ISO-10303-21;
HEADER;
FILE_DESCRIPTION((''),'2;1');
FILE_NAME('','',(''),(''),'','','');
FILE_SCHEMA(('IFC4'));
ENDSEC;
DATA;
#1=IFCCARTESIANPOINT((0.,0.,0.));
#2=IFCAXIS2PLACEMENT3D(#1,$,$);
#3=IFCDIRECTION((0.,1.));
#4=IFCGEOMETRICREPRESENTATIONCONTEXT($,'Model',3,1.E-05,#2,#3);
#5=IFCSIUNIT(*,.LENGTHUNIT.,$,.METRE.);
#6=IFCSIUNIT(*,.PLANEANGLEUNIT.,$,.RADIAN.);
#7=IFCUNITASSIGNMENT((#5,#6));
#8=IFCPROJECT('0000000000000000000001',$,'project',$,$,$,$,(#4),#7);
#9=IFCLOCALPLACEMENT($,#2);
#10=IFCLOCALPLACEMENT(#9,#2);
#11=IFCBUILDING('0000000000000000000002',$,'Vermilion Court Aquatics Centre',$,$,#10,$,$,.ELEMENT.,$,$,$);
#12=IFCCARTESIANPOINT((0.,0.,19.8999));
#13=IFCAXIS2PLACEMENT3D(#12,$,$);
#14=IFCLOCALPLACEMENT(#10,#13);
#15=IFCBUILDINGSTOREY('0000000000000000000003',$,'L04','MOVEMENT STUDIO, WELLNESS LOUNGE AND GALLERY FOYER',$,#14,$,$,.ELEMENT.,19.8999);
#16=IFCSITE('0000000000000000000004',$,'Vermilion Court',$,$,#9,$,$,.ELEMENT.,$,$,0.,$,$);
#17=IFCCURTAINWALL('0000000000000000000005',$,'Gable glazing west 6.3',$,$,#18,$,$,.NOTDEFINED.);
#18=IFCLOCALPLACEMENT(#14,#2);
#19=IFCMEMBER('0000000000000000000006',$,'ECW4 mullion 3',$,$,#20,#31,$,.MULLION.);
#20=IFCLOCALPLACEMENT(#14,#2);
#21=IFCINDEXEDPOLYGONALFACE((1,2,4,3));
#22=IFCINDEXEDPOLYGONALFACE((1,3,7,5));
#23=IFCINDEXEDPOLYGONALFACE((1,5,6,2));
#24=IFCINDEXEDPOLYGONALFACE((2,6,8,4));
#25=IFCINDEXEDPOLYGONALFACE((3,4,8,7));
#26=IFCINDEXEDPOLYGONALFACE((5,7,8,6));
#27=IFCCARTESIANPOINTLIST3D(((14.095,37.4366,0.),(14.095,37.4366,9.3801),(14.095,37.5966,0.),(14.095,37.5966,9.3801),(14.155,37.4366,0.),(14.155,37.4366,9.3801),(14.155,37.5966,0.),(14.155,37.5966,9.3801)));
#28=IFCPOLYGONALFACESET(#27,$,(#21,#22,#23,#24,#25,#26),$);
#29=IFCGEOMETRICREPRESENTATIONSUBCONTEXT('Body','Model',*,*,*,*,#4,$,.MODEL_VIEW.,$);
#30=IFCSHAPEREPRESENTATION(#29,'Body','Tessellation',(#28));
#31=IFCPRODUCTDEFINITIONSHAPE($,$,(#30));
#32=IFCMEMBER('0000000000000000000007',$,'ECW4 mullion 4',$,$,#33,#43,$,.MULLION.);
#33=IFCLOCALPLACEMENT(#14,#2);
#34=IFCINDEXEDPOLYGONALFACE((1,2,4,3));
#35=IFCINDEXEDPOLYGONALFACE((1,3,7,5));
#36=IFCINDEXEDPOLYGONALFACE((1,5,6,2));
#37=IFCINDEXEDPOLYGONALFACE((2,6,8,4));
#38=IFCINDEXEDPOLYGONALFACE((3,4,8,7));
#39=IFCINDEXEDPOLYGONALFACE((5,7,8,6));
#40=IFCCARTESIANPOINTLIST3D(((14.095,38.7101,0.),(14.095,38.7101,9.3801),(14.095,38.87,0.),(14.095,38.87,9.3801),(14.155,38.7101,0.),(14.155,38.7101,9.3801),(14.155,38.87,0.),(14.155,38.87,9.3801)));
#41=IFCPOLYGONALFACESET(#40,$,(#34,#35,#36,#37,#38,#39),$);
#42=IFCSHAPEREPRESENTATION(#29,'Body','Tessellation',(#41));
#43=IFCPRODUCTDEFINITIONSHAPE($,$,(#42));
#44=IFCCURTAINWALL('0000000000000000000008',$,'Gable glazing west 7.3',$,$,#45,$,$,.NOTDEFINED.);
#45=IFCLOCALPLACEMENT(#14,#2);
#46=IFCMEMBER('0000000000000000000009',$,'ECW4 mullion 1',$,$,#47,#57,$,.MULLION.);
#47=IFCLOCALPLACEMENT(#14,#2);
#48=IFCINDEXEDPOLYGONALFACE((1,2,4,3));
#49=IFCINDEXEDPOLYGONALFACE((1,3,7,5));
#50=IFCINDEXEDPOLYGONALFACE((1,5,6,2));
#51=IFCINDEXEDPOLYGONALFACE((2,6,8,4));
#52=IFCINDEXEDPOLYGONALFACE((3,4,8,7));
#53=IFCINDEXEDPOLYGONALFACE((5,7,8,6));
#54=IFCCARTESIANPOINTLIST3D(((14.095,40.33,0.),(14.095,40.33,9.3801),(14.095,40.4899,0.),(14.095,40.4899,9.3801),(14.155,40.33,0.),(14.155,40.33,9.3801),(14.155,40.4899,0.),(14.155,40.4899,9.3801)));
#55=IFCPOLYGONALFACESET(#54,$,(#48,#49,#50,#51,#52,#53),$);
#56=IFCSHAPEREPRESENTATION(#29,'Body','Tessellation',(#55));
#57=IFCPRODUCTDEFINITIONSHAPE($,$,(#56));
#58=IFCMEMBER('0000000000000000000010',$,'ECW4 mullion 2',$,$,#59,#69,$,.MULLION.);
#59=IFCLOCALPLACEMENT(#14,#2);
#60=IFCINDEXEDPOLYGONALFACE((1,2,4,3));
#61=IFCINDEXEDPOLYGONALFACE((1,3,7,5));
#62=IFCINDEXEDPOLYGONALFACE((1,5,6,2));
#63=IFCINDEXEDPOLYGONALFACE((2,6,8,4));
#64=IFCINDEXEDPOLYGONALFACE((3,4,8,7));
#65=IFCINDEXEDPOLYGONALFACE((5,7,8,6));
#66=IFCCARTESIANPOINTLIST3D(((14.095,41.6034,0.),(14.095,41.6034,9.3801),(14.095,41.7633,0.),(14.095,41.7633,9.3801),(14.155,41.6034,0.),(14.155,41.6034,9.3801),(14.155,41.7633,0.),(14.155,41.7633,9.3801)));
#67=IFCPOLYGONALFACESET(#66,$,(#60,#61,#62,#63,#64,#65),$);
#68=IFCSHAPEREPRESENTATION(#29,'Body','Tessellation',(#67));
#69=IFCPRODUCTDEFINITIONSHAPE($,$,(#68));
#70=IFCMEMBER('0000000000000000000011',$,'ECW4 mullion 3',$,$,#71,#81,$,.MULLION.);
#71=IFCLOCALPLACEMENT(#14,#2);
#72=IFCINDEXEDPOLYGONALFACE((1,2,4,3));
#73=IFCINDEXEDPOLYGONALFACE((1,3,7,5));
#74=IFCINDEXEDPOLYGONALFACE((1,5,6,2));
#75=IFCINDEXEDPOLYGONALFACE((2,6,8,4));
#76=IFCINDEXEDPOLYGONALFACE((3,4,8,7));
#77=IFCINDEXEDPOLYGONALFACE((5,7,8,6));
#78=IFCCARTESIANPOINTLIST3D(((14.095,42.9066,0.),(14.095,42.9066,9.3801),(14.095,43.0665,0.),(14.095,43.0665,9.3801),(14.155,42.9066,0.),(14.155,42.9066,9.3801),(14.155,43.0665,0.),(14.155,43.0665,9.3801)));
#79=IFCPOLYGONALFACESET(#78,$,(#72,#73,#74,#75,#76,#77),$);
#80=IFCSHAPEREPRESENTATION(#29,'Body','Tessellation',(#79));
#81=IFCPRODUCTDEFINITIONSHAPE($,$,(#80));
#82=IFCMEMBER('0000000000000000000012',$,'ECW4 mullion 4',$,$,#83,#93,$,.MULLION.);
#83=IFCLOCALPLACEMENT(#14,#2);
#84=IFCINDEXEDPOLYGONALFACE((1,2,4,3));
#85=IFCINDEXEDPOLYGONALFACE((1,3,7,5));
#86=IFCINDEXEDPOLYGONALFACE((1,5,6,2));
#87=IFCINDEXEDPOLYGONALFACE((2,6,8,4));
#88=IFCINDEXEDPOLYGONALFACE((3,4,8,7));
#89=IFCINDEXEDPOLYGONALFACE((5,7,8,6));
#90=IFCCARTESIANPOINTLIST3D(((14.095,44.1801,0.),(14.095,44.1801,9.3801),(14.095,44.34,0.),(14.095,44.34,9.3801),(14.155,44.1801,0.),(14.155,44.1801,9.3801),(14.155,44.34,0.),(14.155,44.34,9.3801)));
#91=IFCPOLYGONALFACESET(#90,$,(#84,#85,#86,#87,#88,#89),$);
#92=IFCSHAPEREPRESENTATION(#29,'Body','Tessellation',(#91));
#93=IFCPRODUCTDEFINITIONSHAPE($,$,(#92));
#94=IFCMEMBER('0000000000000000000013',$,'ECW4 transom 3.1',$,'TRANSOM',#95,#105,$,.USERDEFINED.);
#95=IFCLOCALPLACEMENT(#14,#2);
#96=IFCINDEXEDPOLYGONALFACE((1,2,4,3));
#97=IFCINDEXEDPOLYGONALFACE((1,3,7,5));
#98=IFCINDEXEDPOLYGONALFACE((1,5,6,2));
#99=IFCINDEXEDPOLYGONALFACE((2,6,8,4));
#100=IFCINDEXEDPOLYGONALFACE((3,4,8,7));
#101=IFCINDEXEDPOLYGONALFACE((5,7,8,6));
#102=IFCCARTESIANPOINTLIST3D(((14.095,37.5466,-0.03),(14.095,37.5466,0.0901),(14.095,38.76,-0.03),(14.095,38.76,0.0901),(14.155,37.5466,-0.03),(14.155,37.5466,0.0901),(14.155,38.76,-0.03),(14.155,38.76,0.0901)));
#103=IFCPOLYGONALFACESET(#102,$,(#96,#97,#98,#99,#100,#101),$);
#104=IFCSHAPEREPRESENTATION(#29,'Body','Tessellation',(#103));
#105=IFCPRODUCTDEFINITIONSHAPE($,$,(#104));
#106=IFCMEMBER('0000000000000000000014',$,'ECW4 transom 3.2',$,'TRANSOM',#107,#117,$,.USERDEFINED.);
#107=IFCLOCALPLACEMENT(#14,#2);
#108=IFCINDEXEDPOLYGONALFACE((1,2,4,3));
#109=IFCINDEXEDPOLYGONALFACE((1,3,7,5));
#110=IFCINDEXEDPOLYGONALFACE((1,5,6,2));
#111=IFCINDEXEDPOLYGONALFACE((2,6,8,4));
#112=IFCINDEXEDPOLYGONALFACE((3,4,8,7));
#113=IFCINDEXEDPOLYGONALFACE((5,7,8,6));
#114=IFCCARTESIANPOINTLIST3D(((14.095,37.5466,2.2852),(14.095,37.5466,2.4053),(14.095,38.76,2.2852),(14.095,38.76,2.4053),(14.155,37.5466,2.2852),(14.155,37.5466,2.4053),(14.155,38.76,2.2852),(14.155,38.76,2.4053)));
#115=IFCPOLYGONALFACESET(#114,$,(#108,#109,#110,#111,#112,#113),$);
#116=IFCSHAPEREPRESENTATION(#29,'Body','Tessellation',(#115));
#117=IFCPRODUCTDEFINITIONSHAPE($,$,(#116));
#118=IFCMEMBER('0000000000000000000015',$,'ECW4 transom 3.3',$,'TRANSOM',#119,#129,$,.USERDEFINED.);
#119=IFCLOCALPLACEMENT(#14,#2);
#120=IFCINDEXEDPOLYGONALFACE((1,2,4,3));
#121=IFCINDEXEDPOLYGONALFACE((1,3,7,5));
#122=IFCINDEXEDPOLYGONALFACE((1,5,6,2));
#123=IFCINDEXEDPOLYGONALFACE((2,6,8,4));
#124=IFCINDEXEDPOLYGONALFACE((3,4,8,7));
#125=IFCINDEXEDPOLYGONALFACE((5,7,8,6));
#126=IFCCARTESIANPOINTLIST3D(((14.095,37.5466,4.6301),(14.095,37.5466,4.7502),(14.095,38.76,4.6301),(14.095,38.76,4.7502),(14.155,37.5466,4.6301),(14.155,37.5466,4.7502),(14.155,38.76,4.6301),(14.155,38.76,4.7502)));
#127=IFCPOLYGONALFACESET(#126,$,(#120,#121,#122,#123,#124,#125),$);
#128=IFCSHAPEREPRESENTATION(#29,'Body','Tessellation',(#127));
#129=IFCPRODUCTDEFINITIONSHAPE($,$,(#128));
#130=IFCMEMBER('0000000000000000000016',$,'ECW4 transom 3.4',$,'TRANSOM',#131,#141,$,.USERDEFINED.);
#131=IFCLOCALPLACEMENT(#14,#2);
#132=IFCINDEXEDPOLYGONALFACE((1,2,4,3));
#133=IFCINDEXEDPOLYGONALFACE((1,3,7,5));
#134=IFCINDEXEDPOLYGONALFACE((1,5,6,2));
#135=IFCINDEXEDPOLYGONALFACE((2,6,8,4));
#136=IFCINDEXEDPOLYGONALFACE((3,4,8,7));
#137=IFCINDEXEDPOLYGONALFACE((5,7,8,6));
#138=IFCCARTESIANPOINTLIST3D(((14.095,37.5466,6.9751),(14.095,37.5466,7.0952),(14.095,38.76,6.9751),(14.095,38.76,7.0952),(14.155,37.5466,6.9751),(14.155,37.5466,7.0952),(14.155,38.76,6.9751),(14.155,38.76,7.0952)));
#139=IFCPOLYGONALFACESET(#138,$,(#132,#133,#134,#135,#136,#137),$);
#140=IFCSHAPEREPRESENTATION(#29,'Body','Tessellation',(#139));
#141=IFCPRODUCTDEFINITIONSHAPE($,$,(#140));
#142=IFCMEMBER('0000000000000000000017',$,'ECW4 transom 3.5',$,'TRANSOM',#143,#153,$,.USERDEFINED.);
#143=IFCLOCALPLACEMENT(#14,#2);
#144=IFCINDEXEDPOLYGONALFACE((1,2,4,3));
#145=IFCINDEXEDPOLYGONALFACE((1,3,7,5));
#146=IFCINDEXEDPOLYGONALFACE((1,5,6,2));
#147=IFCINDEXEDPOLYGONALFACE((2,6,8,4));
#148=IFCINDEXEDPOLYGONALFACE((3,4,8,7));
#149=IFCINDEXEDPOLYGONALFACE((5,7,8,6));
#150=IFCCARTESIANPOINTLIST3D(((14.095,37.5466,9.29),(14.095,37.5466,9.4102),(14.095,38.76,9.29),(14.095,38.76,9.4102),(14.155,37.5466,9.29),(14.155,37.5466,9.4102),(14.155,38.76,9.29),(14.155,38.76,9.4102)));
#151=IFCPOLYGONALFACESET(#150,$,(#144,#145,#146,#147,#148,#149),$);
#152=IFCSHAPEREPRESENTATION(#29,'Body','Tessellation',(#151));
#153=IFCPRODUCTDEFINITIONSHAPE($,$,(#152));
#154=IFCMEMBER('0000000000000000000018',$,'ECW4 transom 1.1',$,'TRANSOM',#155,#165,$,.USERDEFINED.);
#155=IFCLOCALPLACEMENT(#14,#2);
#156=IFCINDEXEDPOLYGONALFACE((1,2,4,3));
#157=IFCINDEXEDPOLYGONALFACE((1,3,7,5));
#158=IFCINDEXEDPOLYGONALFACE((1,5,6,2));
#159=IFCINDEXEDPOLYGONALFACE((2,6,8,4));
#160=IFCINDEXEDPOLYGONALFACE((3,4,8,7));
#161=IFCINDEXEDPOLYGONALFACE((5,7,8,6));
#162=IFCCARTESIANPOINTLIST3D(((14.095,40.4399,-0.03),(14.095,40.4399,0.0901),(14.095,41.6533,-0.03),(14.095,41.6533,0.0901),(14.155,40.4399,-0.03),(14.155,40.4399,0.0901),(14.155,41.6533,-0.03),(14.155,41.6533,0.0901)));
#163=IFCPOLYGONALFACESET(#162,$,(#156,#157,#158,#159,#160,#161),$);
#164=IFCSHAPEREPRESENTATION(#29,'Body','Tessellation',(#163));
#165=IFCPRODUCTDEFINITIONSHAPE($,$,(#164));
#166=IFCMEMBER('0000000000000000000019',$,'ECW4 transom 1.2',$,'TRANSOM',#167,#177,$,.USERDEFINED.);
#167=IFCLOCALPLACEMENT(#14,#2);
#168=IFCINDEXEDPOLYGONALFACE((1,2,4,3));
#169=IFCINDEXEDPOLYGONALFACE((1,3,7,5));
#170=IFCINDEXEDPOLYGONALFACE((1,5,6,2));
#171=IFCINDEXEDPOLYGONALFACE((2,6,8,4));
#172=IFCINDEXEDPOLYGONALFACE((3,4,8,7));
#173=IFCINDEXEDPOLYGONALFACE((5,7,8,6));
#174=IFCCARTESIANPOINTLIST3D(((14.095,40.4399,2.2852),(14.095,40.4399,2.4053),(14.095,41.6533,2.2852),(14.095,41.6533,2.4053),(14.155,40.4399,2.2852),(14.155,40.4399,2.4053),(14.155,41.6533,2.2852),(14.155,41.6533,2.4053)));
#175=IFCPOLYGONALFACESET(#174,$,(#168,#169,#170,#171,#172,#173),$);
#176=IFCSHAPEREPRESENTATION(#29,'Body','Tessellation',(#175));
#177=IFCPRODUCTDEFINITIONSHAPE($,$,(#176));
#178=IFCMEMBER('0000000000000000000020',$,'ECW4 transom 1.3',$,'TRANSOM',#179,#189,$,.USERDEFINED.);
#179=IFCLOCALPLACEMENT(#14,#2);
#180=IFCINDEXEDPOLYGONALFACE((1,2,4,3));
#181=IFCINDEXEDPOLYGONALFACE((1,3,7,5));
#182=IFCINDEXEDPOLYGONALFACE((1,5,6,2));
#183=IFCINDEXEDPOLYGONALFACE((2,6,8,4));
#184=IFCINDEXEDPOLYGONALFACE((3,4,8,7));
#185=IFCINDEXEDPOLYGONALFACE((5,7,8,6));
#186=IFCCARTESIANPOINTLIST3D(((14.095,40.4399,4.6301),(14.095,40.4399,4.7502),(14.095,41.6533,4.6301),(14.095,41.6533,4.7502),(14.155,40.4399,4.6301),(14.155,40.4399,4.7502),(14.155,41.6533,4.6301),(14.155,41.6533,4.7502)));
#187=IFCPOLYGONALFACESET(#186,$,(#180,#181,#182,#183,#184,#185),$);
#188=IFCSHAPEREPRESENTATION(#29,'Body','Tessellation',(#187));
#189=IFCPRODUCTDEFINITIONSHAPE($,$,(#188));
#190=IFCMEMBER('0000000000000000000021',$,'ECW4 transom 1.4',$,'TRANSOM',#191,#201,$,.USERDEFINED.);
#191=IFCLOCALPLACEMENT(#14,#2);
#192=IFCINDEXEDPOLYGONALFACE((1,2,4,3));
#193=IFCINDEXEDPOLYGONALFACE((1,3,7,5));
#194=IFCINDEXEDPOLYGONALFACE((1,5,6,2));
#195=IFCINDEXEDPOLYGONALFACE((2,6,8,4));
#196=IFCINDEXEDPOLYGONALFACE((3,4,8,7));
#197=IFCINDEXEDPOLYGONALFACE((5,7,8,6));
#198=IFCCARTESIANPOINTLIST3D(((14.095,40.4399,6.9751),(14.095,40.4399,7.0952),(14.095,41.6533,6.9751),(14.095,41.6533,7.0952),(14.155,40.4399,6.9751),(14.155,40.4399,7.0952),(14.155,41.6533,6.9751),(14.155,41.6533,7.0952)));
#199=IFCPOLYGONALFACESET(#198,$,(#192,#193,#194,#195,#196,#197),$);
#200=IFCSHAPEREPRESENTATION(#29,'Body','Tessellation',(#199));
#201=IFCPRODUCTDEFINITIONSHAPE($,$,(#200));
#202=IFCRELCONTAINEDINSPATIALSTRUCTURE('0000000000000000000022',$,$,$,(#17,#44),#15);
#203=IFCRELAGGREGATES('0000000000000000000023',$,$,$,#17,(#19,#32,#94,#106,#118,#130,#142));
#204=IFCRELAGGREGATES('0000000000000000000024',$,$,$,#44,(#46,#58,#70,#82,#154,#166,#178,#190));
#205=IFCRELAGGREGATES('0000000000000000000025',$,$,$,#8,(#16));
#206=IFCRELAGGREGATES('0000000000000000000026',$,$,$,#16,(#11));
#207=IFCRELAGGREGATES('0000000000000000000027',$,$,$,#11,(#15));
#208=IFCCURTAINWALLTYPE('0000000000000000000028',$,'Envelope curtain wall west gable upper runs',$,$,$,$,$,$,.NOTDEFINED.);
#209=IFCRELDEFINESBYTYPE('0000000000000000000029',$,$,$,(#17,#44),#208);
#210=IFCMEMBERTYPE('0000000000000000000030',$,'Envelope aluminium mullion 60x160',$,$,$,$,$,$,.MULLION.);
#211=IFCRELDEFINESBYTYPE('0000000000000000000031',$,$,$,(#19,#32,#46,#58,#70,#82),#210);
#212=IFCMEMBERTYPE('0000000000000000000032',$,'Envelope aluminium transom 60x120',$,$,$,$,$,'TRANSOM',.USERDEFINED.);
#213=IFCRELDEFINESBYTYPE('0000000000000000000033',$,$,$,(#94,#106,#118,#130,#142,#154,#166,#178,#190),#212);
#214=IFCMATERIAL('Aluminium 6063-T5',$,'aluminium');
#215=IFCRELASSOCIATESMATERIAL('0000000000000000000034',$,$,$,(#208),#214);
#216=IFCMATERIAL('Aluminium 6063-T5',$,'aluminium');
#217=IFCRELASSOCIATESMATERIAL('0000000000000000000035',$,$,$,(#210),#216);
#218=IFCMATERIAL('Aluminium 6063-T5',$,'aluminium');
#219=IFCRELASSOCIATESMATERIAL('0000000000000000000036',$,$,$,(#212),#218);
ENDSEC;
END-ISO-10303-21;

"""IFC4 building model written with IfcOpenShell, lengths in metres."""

from ifc_helpers import new_model, si_unit, direction, frame, origin, origin_2d, place, context, subcontext, project, spatial, rectangle, extrude, material, material_profile, profile_set, type_object, element, aggregate, save


model = new_model("IFC4")

# Units and contexts
model_context = context("Model", 3, precision=1e-05, world=origin(), true_north=direction((0.0, 1.0)))
body_context = subcontext(model_context, "Body", "Model", "MODEL_VIEW")
ifc_project = project(units=[si_unit("LENGTHUNIT", "METRE"), si_unit("PLANEANGLEUNIT", "RADIAN")], contexts=[model_context])

# Site, building, storey
site_placement = place(None, origin())
site = spatial("IfcSite", under=ifc_project, at=site_placement, Name="Vermilion Court", CompositionType="ELEMENT", RefElevation=0.0)
building_placement = place(site_placement, origin())
building = spatial("IfcBuilding", under=site, at=building_placement, Name="Vermilion Court Aquatics Centre", CompositionType="ELEMENT")
storey_placement = place(building_placement, frame((0.0, 0.0, 19.8999)))
storey = spatial("IfcBuildingStorey", under=building, at=storey_placement, Name="L04", Description="MOVEMENT STUDIO, WELLNESS LOUNGE AND GALLERY FOYER", CompositionType="ELEMENT", Elevation=19.8999)

# Curtain walls, members
ifc_material_1 = material(Name="Aluminium 6063-T5", Category="aluminium")
curtain_wall_type = type_object("IfcCurtainWallType", Name="Envelope curtain wall west gable upper runs", PredefinedType="NOTDEFINED", material=ifc_material_1)
curtain_wall_1_placement = place(storey_placement, origin())
curtain_wall_1 = element("IfcCurtainWall", 1, at=curtain_wall_1_placement, inside=storey, type_object=curtain_wall_type, Name="Gable glazing west 6.3", PredefinedType="NOTDEFINED")
ifc_material_2 = material(Name="Aluminium 6063-T5", Category="aluminium")
ifc_material_profile_1 = material_profile(ifc_material_2, rectangle(XDim=0.0601, YDim=0.1599, at=origin_2d()), Name="AL 60x160")
ifc_profile_set_1 = profile_set([ifc_material_profile_1], Name="Aluminium 6063-T5")
member_type_1 = type_object("IfcMemberType", Name="Envelope aluminium mullion 60x160", PredefinedType="MULLION", material=ifc_profile_set_1)
member_1_placement = place(storey_placement, frame((14.125, 37.5166, 0.0), z_axis=(0.0, 0.0, 1.0), x_axis=(-1.0, 0.0, 0.0)))
member_1 = element("IfcMember", 2, at=member_1_placement, type_object=member_type_1, Name="ECW4 mullion 3", PredefinedType="MULLION", context=body_context, shape_type="SweptSolid", body=[
    extrude(rectangle(XDim=0.0601, YDim=0.1599, at=origin_2d()), origin(), (0.0, 0.0, 1.0), 9.3801),
])
member_2_placement = place(storey_placement, frame((14.125, 38.79, 0.0), z_axis=(0.0, 0.0, 1.0), x_axis=(-1.0, 0.0, 0.0)))
member_2 = element("IfcMember", 3, at=member_2_placement, type_object=member_type_1, Name="ECW4 mullion 4", PredefinedType="MULLION", context=body_context, shape_type="SweptSolid", body=[
    extrude(rectangle(XDim=0.0601, YDim=0.1599, at=origin_2d()), origin(), (0.0, 0.0, 1.0), 9.3801),
])
curtain_wall_2_placement = place(storey_placement, origin())
curtain_wall_2 = element("IfcCurtainWall", 4, at=curtain_wall_2_placement, inside=storey, type_object=curtain_wall_type, Name="Gable glazing west 7.3", PredefinedType="NOTDEFINED")
member_3_placement = place(storey_placement, frame((14.125, 40.4099, 0.0), z_axis=(0.0, 0.0, 1.0), x_axis=(-1.0, 0.0, 0.0)))
member_3 = element("IfcMember", 5, at=member_3_placement, type_object=member_type_1, Name="ECW4 mullion 1", PredefinedType="MULLION", context=body_context, shape_type="SweptSolid", body=[
    extrude(rectangle(XDim=0.0601, YDim=0.1599, at=origin_2d()), origin(), (0.0, 0.0, 1.0), 9.3801),
])
member_4_placement = place(storey_placement, frame((14.125, 41.6833, 0.0), z_axis=(0.0, 0.0, 1.0), x_axis=(-1.0, 0.0, 0.0)))
member_4 = element("IfcMember", 6, at=member_4_placement, type_object=member_type_1, Name="ECW4 mullion 2", PredefinedType="MULLION", context=body_context, shape_type="SweptSolid", body=[
    extrude(rectangle(XDim=0.0601, YDim=0.1599, at=origin_2d()), origin(), (0.0, 0.0, 1.0), 9.3801),
])
member_5_placement = place(storey_placement, frame((14.125, 42.9866, 0.0), z_axis=(0.0, 0.0, 1.0), x_axis=(-1.0, 0.0, 0.0)))
member_5 = element("IfcMember", 7, at=member_5_placement, type_object=member_type_1, Name="ECW4 mullion 3", PredefinedType="MULLION", context=body_context, shape_type="SweptSolid", body=[
    extrude(rectangle(XDim=0.0601, YDim=0.1599, at=origin_2d()), origin(), (0.0, 0.0, 1.0), 9.3801),
])
member_6_placement = place(storey_placement, frame((14.125, 44.26, 0.0), z_axis=(0.0, 0.0, 1.0), x_axis=(-1.0, 0.0, 0.0)))
member_6 = element("IfcMember", 8, at=member_6_placement, type_object=member_type_1, Name="ECW4 mullion 4", PredefinedType="MULLION", context=body_context, shape_type="SweptSolid", body=[
    extrude(rectangle(XDim=0.0601, YDim=0.1599, at=origin_2d()), origin(), (0.0, 0.0, 1.0), 9.3801),
])

# Members
ifc_material_3 = material(Name="Aluminium 6063-T5", Category="aluminium")
ifc_material_profile_2 = material_profile(ifc_material_3, rectangle(XDim=0.0601, YDim=0.1201, at=origin_2d()), Name="AL 60x120")
ifc_profile_set_2 = profile_set([ifc_material_profile_2], Name="Aluminium 6063-T5")
member_type_2 = type_object("IfcMemberType", Name="Envelope aluminium transom 60x120", ElementType="TRANSOM", PredefinedType="USERDEFINED", material=ifc_profile_set_2)
member_7_placement = place(storey_placement, frame((14.125, 37.5466, 0.03), z_axis=(0.0, 1.0, 0.0), x_axis=(-1.0, 0.0, 0.0)))
member_7 = element("IfcMember", 9, at=member_7_placement, type_object=member_type_2, Name="ECW4 transom 3.1", ObjectType="TRANSOM", PredefinedType="USERDEFINED", context=body_context, shape_type="SweptSolid", body=[
    extrude(rectangle(XDim=0.0601, YDim=0.1201, at=origin_2d()), origin(), (0.0, 0.0, 1.0), 1.2134),
])
member_8_placement = place(storey_placement, frame((14.125, 37.5466, 2.3452), z_axis=(0.0, 1.0, 0.0), x_axis=(-1.0, 0.0, 0.0)))
member_8 = element("IfcMember", 10, at=member_8_placement, type_object=member_type_2, Name="ECW4 transom 3.2", ObjectType="TRANSOM", PredefinedType="USERDEFINED", context=body_context, shape_type="SweptSolid", body=[
    extrude(rectangle(XDim=0.0601, YDim=0.1201, at=origin_2d()), origin(), (0.0, 0.0, 1.0), 1.2134),
])
member_9_placement = place(storey_placement, frame((14.125, 37.5466, 4.6902), z_axis=(0.0, 1.0, 0.0), x_axis=(-1.0, 0.0, 0.0)))
member_9 = element("IfcMember", 11, at=member_9_placement, type_object=member_type_2, Name="ECW4 transom 3.3", ObjectType="TRANSOM", PredefinedType="USERDEFINED", context=body_context, shape_type="SweptSolid", body=[
    extrude(rectangle(XDim=0.0601, YDim=0.1201, at=origin_2d()), origin(), (0.0, 0.0, 1.0), 1.2134),
])
member_10_placement = place(storey_placement, frame((14.125, 37.5466, 7.0352), z_axis=(0.0, 1.0, 0.0), x_axis=(-1.0, 0.0, 0.0)))
member_10 = element("IfcMember", 12, at=member_10_placement, type_object=member_type_2, Name="ECW4 transom 3.4", ObjectType="TRANSOM", PredefinedType="USERDEFINED", context=body_context, shape_type="SweptSolid", body=[
    extrude(rectangle(XDim=0.0601, YDim=0.1201, at=origin_2d()), origin(), (0.0, 0.0, 1.0), 1.2134),
])
member_11_placement = place(storey_placement, frame((14.125, 37.5466, 9.3501), z_axis=(0.0, 1.0, 0.0), x_axis=(-1.0, 0.0, 0.0)))
member_11 = element("IfcMember", 13, at=member_11_placement, type_object=member_type_2, Name="ECW4 transom 3.5", ObjectType="TRANSOM", PredefinedType="USERDEFINED", context=body_context, shape_type="SweptSolid", body=[
    extrude(rectangle(XDim=0.0601, YDim=0.1201, at=origin_2d()), origin(), (0.0, 0.0, 1.0), 1.2134),
])
member_12_placement = place(storey_placement, frame((14.125, 40.4399, 0.03), z_axis=(0.0, 1.0, 0.0), x_axis=(-1.0, 0.0, 0.0)))
member_12 = element("IfcMember", 14, at=member_12_placement, type_object=member_type_2, Name="ECW4 transom 1.1", ObjectType="TRANSOM", PredefinedType="USERDEFINED", context=body_context, shape_type="SweptSolid", body=[
    extrude(rectangle(XDim=0.0601, YDim=0.1201, at=origin_2d()), origin(), (0.0, 0.0, 1.0), 1.2134),
])
member_13_placement = place(storey_placement, frame((14.125, 40.4399, 2.3452), z_axis=(0.0, 1.0, 0.0), x_axis=(-1.0, 0.0, 0.0)))
member_13 = element("IfcMember", 15, at=member_13_placement, type_object=member_type_2, Name="ECW4 transom 1.2", ObjectType="TRANSOM", PredefinedType="USERDEFINED", context=body_context, shape_type="SweptSolid", body=[
    extrude(rectangle(XDim=0.0601, YDim=0.1201, at=origin_2d()), origin(), (0.0, 0.0, 1.0), 1.2134),
])
member_14_placement = place(storey_placement, frame((14.125, 40.4399, 4.6902), z_axis=(0.0, 1.0, 0.0), x_axis=(-1.0, 0.0, 0.0)))
member_14 = element("IfcMember", 16, at=member_14_placement, type_object=member_type_2, Name="ECW4 transom 1.3", ObjectType="TRANSOM", PredefinedType="USERDEFINED", context=body_context, shape_type="SweptSolid", body=[
    extrude(rectangle(XDim=0.0601, YDim=0.1201, at=origin_2d()), origin(), (0.0, 0.0, 1.0), 1.2134),
])
member_15_placement = place(storey_placement, frame((14.125, 40.4399, 7.0352), z_axis=(0.0, 1.0, 0.0), x_axis=(-1.0, 0.0, 0.0)))
member_15 = element("IfcMember", 17, at=member_15_placement, type_object=member_type_2, Name="ECW4 transom 1.4", ObjectType="TRANSOM", PredefinedType="USERDEFINED", context=body_context, shape_type="SweptSolid", body=[
    extrude(rectangle(XDim=0.0601, YDim=0.1201, at=origin_2d()), origin(), (0.0, 0.0, 1.0), 1.2134),
])

aggregate(curtain_wall_1, [member_1, member_2, member_7, member_8, member_9, member_10, member_11])
aggregate(curtain_wall_2, [member_3, member_4, member_5, member_6, member_12, member_13, member_14, member_15])

save(model, "model.ifc")
